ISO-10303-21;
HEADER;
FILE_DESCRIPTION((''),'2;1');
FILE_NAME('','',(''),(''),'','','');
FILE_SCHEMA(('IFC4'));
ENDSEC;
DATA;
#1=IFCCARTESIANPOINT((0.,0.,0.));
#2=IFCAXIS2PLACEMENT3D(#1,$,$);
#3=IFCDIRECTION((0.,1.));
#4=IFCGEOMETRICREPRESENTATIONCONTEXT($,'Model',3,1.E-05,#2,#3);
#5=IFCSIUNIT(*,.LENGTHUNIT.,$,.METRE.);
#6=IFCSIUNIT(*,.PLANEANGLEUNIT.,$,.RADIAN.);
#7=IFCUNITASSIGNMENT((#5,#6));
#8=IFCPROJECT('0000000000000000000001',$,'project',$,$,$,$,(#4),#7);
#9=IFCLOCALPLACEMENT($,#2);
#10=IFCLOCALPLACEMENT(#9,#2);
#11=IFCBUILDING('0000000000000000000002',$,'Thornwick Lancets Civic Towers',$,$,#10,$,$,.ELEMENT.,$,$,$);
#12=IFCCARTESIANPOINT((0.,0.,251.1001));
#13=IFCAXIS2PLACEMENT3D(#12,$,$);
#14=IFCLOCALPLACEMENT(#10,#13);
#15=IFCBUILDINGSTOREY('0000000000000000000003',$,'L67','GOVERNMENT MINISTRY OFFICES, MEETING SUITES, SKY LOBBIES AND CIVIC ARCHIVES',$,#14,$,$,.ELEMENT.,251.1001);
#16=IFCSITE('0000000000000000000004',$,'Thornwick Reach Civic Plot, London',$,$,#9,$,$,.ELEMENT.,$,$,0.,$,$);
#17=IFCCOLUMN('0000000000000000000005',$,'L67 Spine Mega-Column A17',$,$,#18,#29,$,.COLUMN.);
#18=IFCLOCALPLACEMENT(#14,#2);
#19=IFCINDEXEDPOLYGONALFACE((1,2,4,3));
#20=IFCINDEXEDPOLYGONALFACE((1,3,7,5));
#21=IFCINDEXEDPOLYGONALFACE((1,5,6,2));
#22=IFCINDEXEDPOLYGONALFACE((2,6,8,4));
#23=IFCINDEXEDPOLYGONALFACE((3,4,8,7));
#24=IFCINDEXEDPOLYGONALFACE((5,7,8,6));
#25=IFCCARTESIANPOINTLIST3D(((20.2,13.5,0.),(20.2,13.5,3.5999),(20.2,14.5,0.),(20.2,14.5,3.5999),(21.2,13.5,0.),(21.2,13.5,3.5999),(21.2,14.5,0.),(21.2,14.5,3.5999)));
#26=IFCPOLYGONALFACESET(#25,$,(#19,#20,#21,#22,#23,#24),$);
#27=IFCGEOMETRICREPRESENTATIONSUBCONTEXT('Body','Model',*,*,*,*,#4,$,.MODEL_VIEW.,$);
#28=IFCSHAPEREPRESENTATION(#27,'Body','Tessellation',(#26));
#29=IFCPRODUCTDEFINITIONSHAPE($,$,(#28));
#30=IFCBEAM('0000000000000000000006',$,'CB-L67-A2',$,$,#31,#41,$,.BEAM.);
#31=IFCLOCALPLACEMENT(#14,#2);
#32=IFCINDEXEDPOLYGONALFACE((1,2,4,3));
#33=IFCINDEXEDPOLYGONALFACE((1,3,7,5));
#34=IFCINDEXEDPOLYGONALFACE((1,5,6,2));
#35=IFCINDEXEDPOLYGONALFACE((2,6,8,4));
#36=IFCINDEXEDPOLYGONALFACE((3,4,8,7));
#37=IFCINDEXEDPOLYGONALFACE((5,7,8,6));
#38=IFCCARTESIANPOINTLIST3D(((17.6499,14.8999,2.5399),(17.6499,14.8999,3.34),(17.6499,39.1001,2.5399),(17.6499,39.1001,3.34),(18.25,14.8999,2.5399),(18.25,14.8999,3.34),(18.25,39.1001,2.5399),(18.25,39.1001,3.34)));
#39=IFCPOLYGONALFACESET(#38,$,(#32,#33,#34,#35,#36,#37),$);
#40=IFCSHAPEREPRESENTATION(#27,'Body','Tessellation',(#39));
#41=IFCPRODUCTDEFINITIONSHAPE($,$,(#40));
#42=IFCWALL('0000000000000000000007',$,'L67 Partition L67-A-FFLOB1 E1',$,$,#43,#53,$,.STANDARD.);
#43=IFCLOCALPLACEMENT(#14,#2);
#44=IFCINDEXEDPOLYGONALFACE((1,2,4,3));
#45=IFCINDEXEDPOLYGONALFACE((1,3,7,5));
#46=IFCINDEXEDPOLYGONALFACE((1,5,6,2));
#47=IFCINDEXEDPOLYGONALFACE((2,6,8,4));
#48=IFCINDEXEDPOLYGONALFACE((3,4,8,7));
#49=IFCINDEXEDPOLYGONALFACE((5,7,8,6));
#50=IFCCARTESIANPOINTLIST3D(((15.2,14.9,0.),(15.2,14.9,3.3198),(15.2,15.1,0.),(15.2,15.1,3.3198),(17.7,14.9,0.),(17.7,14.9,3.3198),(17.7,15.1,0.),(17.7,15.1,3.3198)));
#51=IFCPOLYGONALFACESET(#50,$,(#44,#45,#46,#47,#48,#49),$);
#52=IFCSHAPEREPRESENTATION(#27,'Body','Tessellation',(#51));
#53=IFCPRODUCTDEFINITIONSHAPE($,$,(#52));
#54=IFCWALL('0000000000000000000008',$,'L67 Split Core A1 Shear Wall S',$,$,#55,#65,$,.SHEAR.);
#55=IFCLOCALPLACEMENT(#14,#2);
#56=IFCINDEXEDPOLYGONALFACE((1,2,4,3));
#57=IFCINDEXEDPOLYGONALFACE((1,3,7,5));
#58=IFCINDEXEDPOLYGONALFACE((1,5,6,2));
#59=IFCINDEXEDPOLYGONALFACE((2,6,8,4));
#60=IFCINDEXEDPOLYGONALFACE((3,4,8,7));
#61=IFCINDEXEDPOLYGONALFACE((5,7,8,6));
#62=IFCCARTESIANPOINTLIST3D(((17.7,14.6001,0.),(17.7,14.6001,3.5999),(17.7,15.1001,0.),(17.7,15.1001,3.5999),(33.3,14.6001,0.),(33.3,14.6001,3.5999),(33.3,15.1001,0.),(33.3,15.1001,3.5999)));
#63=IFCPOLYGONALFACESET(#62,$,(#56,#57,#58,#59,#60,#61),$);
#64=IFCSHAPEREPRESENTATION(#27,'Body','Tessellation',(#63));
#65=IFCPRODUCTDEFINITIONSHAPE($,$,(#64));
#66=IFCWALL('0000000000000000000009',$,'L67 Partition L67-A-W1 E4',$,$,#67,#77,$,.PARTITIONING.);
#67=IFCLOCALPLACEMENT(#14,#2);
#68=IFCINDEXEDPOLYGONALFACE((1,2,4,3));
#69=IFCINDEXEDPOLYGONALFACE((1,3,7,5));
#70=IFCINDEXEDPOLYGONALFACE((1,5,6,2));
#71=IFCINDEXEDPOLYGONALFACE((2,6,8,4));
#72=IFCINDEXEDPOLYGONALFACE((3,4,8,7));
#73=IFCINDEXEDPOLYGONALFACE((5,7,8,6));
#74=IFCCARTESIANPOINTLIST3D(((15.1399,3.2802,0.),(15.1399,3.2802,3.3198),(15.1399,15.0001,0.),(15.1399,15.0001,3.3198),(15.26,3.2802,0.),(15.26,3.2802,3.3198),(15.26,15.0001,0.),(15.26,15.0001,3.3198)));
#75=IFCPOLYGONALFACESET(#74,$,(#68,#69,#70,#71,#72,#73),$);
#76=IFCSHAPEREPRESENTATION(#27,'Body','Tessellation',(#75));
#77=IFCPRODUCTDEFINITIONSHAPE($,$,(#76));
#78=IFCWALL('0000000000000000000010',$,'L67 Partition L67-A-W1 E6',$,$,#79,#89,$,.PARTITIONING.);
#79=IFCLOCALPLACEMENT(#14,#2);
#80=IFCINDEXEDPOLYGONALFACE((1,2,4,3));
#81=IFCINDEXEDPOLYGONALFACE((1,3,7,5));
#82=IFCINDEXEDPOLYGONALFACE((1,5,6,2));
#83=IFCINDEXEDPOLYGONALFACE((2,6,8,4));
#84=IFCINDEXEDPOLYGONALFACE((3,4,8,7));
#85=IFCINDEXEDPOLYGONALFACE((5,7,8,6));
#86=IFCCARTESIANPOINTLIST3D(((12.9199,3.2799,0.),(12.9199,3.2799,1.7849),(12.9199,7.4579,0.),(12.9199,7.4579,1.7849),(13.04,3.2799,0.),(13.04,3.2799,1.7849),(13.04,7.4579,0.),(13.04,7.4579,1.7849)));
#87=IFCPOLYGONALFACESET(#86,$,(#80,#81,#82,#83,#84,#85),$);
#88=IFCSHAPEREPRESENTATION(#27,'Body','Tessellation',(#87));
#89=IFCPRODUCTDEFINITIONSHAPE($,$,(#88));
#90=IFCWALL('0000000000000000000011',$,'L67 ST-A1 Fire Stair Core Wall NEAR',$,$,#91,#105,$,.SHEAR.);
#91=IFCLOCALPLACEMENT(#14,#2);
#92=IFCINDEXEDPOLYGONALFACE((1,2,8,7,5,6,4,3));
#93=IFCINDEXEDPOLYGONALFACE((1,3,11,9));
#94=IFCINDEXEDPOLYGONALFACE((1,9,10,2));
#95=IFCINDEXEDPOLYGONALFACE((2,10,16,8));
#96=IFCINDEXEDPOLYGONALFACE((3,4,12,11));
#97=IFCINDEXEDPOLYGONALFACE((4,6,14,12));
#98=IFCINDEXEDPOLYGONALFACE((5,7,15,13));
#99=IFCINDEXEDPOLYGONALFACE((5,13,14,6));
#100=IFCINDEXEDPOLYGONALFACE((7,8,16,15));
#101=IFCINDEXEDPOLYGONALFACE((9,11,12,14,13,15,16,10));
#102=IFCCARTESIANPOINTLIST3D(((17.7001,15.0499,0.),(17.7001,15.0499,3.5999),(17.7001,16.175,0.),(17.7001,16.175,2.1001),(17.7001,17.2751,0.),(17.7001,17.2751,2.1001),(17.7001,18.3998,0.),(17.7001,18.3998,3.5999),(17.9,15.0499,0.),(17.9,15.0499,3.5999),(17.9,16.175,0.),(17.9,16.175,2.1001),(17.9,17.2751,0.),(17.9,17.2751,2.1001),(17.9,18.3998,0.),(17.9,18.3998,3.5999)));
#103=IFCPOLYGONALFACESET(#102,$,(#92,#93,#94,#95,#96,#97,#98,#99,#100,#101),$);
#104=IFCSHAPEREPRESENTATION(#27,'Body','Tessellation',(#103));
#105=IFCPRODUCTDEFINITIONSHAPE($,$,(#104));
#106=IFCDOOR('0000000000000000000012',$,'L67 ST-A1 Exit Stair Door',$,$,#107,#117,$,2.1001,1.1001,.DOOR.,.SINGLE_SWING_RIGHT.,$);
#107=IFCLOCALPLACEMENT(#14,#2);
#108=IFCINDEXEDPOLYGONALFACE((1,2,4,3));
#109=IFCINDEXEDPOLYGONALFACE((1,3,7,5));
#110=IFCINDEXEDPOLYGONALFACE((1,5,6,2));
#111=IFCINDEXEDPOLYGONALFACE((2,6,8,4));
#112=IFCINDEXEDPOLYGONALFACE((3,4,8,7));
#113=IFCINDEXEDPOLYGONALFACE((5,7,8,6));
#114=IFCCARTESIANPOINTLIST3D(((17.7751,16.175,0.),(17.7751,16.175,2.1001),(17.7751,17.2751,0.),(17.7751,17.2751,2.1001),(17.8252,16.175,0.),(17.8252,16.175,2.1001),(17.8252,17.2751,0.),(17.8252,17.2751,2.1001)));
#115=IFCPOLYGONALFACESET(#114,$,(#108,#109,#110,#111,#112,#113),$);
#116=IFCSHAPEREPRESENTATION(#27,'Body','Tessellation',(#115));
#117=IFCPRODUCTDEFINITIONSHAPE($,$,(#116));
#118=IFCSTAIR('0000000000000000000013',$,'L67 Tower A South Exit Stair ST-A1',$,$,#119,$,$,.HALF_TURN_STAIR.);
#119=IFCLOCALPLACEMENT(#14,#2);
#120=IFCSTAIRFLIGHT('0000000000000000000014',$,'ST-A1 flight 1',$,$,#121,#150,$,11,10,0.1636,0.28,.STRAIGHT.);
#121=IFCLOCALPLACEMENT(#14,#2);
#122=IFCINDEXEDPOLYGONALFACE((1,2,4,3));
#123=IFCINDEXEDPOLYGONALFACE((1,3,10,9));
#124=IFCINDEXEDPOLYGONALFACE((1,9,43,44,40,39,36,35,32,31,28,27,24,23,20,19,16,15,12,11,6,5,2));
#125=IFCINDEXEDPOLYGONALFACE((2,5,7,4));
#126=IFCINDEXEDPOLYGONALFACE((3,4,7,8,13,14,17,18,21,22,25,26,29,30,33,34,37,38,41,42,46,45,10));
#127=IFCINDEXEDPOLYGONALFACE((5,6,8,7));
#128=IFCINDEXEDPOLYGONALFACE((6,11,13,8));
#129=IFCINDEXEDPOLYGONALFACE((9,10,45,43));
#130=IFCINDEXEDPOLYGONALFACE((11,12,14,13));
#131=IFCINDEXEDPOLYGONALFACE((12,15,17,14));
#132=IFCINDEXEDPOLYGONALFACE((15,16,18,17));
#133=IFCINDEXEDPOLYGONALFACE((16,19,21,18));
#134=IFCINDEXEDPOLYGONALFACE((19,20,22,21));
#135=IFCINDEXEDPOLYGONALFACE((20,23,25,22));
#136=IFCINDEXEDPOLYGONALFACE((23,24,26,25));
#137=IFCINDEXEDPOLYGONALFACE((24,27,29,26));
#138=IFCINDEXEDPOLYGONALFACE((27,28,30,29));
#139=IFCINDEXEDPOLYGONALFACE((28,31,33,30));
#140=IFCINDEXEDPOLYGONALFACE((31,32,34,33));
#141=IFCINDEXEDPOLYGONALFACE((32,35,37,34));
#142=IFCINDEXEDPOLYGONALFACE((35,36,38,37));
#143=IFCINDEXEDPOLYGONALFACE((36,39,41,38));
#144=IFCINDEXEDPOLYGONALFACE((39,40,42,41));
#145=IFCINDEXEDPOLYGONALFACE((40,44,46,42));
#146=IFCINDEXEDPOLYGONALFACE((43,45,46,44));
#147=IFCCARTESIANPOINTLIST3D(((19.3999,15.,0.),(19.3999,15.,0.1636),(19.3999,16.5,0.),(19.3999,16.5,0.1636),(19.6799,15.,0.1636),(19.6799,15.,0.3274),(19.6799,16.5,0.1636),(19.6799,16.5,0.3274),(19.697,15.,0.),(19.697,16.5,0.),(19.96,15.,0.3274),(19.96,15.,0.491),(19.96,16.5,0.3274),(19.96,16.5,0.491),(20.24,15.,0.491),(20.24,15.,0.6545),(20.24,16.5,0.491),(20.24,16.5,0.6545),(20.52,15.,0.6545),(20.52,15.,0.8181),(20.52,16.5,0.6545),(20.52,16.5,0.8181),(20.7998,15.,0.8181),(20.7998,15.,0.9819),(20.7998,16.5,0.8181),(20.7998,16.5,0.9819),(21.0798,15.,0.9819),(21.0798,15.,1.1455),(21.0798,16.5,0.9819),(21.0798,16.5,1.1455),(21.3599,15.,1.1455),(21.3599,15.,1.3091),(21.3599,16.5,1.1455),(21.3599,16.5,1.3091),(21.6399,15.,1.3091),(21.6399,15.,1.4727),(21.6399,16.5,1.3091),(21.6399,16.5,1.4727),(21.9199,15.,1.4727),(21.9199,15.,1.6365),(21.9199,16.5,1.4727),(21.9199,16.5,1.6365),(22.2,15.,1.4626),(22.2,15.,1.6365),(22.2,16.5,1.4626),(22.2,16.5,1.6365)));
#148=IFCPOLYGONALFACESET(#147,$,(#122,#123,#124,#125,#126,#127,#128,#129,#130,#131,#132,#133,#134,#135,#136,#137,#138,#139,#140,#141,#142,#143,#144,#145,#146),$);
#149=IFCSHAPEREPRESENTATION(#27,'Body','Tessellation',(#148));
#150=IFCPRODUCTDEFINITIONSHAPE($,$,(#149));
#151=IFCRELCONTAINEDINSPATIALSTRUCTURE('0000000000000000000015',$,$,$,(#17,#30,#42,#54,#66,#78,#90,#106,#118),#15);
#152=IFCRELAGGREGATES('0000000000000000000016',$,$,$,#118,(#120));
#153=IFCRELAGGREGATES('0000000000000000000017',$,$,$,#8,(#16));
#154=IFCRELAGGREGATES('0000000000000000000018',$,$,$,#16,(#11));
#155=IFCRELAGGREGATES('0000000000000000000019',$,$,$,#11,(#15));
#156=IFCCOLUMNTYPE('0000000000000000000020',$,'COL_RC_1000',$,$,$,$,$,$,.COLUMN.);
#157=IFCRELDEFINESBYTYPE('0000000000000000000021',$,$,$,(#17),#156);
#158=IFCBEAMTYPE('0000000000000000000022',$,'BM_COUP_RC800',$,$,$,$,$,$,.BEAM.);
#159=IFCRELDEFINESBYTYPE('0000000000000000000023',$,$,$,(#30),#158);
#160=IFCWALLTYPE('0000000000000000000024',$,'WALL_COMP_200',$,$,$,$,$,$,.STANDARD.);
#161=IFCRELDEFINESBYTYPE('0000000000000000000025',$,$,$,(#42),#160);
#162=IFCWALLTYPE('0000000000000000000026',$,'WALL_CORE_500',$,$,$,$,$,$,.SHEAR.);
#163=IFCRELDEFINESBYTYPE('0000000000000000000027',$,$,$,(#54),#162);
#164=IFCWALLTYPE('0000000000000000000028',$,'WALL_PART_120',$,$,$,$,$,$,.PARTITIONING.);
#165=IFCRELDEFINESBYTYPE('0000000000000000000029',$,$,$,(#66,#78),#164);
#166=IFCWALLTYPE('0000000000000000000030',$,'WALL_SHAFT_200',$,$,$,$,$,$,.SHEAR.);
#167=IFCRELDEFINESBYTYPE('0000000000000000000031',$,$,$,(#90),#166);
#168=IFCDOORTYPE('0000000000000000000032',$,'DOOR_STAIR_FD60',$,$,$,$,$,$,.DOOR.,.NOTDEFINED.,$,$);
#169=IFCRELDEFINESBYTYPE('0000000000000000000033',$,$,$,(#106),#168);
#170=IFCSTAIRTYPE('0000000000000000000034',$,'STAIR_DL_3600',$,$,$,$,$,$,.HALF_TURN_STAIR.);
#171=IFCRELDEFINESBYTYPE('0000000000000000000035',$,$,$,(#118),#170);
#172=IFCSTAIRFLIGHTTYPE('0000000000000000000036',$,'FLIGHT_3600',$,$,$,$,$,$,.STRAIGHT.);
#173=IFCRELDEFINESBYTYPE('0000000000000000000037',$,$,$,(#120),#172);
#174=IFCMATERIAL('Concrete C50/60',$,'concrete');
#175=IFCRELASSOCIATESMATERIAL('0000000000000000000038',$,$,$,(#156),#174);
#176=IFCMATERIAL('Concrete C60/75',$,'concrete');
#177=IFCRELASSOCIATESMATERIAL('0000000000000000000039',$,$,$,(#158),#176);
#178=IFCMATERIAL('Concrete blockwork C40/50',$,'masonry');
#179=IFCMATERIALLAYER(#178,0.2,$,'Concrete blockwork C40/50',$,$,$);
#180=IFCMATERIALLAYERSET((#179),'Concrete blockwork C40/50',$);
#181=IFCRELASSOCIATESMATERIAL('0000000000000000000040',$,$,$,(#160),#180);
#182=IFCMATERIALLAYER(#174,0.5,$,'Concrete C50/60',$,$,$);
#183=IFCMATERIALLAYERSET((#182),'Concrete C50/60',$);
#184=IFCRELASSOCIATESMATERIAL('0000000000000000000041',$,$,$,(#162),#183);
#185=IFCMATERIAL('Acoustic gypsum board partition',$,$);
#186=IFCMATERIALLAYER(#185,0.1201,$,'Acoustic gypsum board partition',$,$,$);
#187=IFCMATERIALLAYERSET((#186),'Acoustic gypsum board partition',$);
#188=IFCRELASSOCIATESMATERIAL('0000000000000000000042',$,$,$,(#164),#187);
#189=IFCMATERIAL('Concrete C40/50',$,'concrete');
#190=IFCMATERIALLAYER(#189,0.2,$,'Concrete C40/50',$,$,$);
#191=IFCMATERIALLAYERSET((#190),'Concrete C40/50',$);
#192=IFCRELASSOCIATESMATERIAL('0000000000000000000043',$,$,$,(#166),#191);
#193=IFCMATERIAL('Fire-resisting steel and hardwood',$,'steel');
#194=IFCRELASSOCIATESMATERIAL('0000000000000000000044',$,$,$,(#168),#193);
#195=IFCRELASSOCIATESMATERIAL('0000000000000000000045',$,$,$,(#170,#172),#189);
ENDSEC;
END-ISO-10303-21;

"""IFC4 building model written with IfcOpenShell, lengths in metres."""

from ifc_helpers import new_model, si_unit, direction, frame, frame_2d, origin, origin_2d, place, context, subcontext, project, spatial, polyline, rectangle, outline, extrude, material, layer, layer_set, material_profile, profile_set, type_object, element, fill, aggregate, save


model = new_model("IFC4")

# Units and contexts
model_context = context("Model", 3, precision=1e-05, world=origin(), true_north=direction((0.0, 1.0)))
body_context = subcontext(model_context, "Body", "Model", "MODEL_VIEW")
ifc_project = project(units=[si_unit("LENGTHUNIT", "METRE"), si_unit("PLANEANGLEUNIT", "RADIAN")], contexts=[model_context])

# Site, building, storey
site_placement = place(None, origin())
site = spatial("IfcSite", under=ifc_project, at=site_placement, Name="Thornwick Reach Civic Plot, London", CompositionType="ELEMENT", RefElevation=0.0)
building_placement = place(site_placement, origin())
building = spatial("IfcBuilding", under=site, at=building_placement, Name="Thornwick Lancets Civic Towers", CompositionType="ELEMENT")
storey_placement = place(building_placement, frame((0.0, 0.0, 251.1001)))
storey = spatial("IfcBuildingStorey", under=building, at=storey_placement, Name="L67", Description="GOVERNMENT MINISTRY OFFICES, MEETING SUITES, SKY LOBBIES AND CIVIC ARCHIVES", CompositionType="ELEMENT", Elevation=251.1001)

# Column
ifc_material_1 = material(Name="Concrete C50/60", Category="concrete")
ifc_material_profile_1 = material_profile(ifc_material_1, rectangle(XDim=1.0, YDim=1.0, at=origin_2d()), Name="RC 1000x1000")
ifc_profile_set_1 = profile_set([ifc_material_profile_1], Name="Concrete C50/60")
column_type = type_object("IfcColumnType", Name="COL_RC_1000", PredefinedType="COLUMN", material=ifc_profile_set_1)
column_placement = place(storey_placement, frame((20.7, 14.0, 0.0), z_axis=(0.0, 0.0, 1.0), x_axis=(1.0, 0.0, 0.0)))
element("IfcColumn", 1, at=column_placement, inside=storey, type_object=column_type, Name="L67 Spine Mega-Column A17", PredefinedType="COLUMN", context=body_context, shape_type="SweptSolid", body=[
    extrude(rectangle(XDim=1.0, YDim=1.0, at=origin_2d()), origin(), (0.0, 0.0, 1.0), 3.5999),
])

# Beam
ifc_material_2 = material(Name="Concrete C60/75", Category="concrete")
ifc_material_profile_2 = material_profile(ifc_material_2, rectangle(XDim=0.6001, YDim=0.8, at=origin_2d()), Name="RC 600x800")
ifc_profile_set_2 = profile_set([ifc_material_profile_2], Name="Concrete C60/75")
beam_type = type_object("IfcBeamType", Name="BM_COUP_RC800", PredefinedType="BEAM", material=ifc_profile_set_2)
beam_placement = place(storey_placement, frame((17.95, 14.8999, 2.9399), z_axis=(0.0, 1.0, 0.0), x_axis=(-1.0, 0.0, 0.0)))
element("IfcBeam", 2, at=beam_placement, inside=storey, type_object=beam_type, Name="CB-L67-A2", PredefinedType="BEAM", context=body_context, shape_type="SweptSolid", body=[
    extrude(rectangle(XDim=0.6001, YDim=0.8, at=origin_2d()), origin(), (0.0, 0.0, 1.0), 24.2002),
])

# Walls
ifc_material_3 = material(Name="Concrete blockwork C40/50", Category="masonry")
ifc_layer_1 = layer(ifc_material_3, 0.2, Name="Concrete blockwork C40/50")
ifc_layer_set_1 = layer_set([ifc_layer_1], Name="Concrete blockwork C40/50")
wall_type_1 = type_object("IfcWallType", Name="WALL_COMP_200", PredefinedType="STANDARD", material=ifc_layer_set_1)
wall_1_placement = place(storey_placement, frame((15.2, 15.0, 0.0), z_axis=(0.0, 0.0, 1.0), x_axis=(1.0, 0.0, 0.0)))
element("IfcWall", 3, at=wall_1_placement, inside=storey, type_object=wall_type_1, Name="L67 Partition L67-A-FFLOB1 E1", PredefinedType="STANDARD", context=body_context, shape_type="SweptSolid", body=[
    extrude(rectangle(XDim=2.5, YDim=0.2, at=frame_2d((1.25, 0.0))), origin(), (0.0, 0.0, 1.0), 3.3198),
])
ifc_layer_2 = layer(ifc_material_1, 0.5, Name="Concrete C50/60")
ifc_layer_set_2 = layer_set([ifc_layer_2], Name="Concrete C50/60")
wall_type_2 = type_object("IfcWallType", Name="WALL_CORE_500", PredefinedType="SHEAR", material=ifc_layer_set_2)
wall_2_placement = place(storey_placement, frame((17.7, 14.8501, 0.0), z_axis=(0.0, 0.0, 1.0), x_axis=(1.0, 0.0, 0.0)))
element("IfcWall", 4, at=wall_2_placement, inside=storey, type_object=wall_type_2, Name="L67 Split Core A1 Shear Wall S", PredefinedType="SHEAR", context=body_context, shape_type="SweptSolid", body=[
    extrude(rectangle(XDim=15.6001, YDim=0.5, at=frame_2d((7.8, 0.0))), origin(), (0.0, 0.0, 1.0), 3.5999),
])
ifc_material_4 = material(Name="Acoustic gypsum board partition")
ifc_layer_3 = layer(ifc_material_4, 0.1201, Name="Acoustic gypsum board partition")
ifc_layer_set_3 = layer_set([ifc_layer_3], Name="Acoustic gypsum board partition")
wall_type_3 = type_object("IfcWallType", Name="WALL_PART_120", PredefinedType="PARTITIONING", material=ifc_layer_set_3)
wall_3_placement = place(storey_placement, frame((15.2, 15.0, 0.0), z_axis=(0.0, 0.0, 1.0), x_axis=(0.0, -1.0, 0.0)))
element("IfcWall", 5, at=wall_3_placement, inside=storey, type_object=wall_type_3, Name="L67 Partition L67-A-W1 E4", PredefinedType="PARTITIONING", context=body_context, shape_type="SweptSolid", body=[
    extrude(rectangle(XDim=11.72, YDim=0.1201, at=frame_2d((5.8599, 0.0))), origin(), (0.0, 0.0, 1.0), 3.3198),
])
wall_4_placement = place(storey_placement, frame((12.98, 3.28, 0.0), z_axis=(0.0, 0.0, 1.0), x_axis=(0.0, 1.0, 0.0)))
element("IfcWall", 6, at=wall_4_placement, inside=storey, type_object=wall_type_3, Name="L67 Partition L67-A-W1 E6", PredefinedType="PARTITIONING", context=body_context, shape_type="SweptSolid", body=[
    extrude(rectangle(XDim=4.178, YDim=0.1201, at=frame_2d((2.0889, 0.0))), origin(), (0.0, 0.0, 1.0), 1.7849),
])

# Wall, opening, door
ifc_material_5 = material(Name="Concrete C40/50", Category="concrete")
ifc_layer_4 = layer(ifc_material_5, 0.2, Name="Concrete C40/50")
ifc_layer_set_4 = layer_set([ifc_layer_4], Name="Concrete C40/50")
wall_type_4 = type_object("IfcWallType", Name="WALL_SHAFT_200", PredefinedType="SHEAR", material=ifc_layer_set_4)
wall_5_placement = place(storey_placement, frame((17.8, 15.05, 0.0), z_axis=(0.0, 0.0, 1.0), x_axis=(0.0, 1.0, 0.0)))
wall_5 = element("IfcWall", 7, at=wall_5_placement, inside=storey, type_object=wall_type_4, Name="L67 ST-A1 Fire Stair Core Wall NEAR", PredefinedType="SHEAR", context=body_context, shape_type="SweptSolid", body=[
    extrude(rectangle(XDim=3.3499, YDim=0.2, at=frame_2d((1.6748, 0.0))), origin(), (0.0, 0.0, 1.0), 3.5999),
])
opening_placement = place(wall_5_placement, frame((1.125, 0.0, 0.0)))
opening = element("IfcOpeningElement", 8, at=opening_placement, cuts=wall_5, PredefinedType="OPENING", context=body_context, shape_type="SweptSolid", body=[
    extrude(rectangle(XDim=1.1001, YDim=2.1001, at=frame_2d((0.55, 1.05))), frame((0.0, 0.1099, 0.0), z_axis=(0.0, -1.0, 0.0), x_axis=(1.0, 0.0, 0.0)), (0.0, 0.0, 1.0), 0.22),
])
ifc_material_6 = material(Name="Fire-resisting steel and hardwood", Category="steel")
door_type = type_object("IfcDoorType", Name="DOOR_STAIR_FD60", OperationType="NOTDEFINED", PredefinedType="DOOR", material=ifc_material_6)
door_placement = place(opening_placement, origin())
door = element("IfcDoor", 9, at=door_placement, inside=storey, type_object=door_type, Name="L67 ST-A1 Exit Stair Door", OperationType="SINGLE_SWING_RIGHT", OverallHeight=2.1001, OverallWidth=1.1001, PredefinedType="DOOR", context=body_context, shape_type="SweptSolid", body=[
    extrude(rectangle(XDim=1.1001, YDim=2.1001, at=frame_2d((0.55, 1.05))), frame((0.0, 0.0249, 0.0), z_axis=(0.0, -1.0, 0.0), x_axis=(1.0, 0.0, 0.0)), (0.0, 0.0, 1.0), 0.05),
])
fill(opening, door)

# Stair, stair flight
stair_type = type_object("IfcStairType", Name="STAIR_DL_3600", PredefinedType="HALF_TURN_STAIR", material=ifc_material_5)
stair_placement = place(storey_placement, origin())
stair = element("IfcStair", 10, at=stair_placement, inside=storey, type_object=stair_type, Name="L67 Tower A South Exit Stair ST-A1", PredefinedType="HALF_TURN_STAIR")
stair_flight_type = type_object("IfcStairFlightType", Name="FLIGHT_3600", PredefinedType="STRAIGHT", material=ifc_material_5)
stair_flight_1_placement = place(storey_placement, frame((19.3999, 15.75, 0.0), z_axis=(0.0, 0.0, 1.0), x_axis=(1.0, 0.0, 0.0)))
stair_flight_1 = element("IfcStairFlight", 11, at=stair_flight_1_placement, type_object=stair_flight_type, Name="ST-A1 flight 1", NumberOfRisers=11, NumberOfTreads=10, PredefinedType="STRAIGHT", RiserHeight=0.1636, TreadLength=0.28, context=body_context, shape_type="SweptSolid", body=[
    extrude(outline(polyline([(0.0, 0.0), (0.0, 0.1636), (0.28, 0.1636), (0.28, 0.3274), (0.5601, 0.3274), (0.5601, 0.491), (0.8401, 0.491), (0.8401, 0.6545), (1.1201, 0.6545), (1.1201, 0.8181), (1.3999, 0.8181), (1.3999, 0.9819), (1.6799, 0.9819), (1.6799, 1.1455), (1.96, 1.1455), (1.96, 1.3091), (2.24, 1.3091), (2.24, 1.4727), (2.52, 1.4727), (2.52, 1.6365), (2.8, 1.6365), (2.8, 1.8), (2.8, 1.4626), (0.2971, 0.0), (0.0, 0.0)])), frame((0.0, 0.75, 0.0), z_axis=(0.0, -1.0, 0.0), x_axis=(1.0, 0.0, 0.0)), (0.0, 0.0, 1.0), 1.5),
])
aggregate(stair, [stair_flight_1])

save(model, "model.ifc")
